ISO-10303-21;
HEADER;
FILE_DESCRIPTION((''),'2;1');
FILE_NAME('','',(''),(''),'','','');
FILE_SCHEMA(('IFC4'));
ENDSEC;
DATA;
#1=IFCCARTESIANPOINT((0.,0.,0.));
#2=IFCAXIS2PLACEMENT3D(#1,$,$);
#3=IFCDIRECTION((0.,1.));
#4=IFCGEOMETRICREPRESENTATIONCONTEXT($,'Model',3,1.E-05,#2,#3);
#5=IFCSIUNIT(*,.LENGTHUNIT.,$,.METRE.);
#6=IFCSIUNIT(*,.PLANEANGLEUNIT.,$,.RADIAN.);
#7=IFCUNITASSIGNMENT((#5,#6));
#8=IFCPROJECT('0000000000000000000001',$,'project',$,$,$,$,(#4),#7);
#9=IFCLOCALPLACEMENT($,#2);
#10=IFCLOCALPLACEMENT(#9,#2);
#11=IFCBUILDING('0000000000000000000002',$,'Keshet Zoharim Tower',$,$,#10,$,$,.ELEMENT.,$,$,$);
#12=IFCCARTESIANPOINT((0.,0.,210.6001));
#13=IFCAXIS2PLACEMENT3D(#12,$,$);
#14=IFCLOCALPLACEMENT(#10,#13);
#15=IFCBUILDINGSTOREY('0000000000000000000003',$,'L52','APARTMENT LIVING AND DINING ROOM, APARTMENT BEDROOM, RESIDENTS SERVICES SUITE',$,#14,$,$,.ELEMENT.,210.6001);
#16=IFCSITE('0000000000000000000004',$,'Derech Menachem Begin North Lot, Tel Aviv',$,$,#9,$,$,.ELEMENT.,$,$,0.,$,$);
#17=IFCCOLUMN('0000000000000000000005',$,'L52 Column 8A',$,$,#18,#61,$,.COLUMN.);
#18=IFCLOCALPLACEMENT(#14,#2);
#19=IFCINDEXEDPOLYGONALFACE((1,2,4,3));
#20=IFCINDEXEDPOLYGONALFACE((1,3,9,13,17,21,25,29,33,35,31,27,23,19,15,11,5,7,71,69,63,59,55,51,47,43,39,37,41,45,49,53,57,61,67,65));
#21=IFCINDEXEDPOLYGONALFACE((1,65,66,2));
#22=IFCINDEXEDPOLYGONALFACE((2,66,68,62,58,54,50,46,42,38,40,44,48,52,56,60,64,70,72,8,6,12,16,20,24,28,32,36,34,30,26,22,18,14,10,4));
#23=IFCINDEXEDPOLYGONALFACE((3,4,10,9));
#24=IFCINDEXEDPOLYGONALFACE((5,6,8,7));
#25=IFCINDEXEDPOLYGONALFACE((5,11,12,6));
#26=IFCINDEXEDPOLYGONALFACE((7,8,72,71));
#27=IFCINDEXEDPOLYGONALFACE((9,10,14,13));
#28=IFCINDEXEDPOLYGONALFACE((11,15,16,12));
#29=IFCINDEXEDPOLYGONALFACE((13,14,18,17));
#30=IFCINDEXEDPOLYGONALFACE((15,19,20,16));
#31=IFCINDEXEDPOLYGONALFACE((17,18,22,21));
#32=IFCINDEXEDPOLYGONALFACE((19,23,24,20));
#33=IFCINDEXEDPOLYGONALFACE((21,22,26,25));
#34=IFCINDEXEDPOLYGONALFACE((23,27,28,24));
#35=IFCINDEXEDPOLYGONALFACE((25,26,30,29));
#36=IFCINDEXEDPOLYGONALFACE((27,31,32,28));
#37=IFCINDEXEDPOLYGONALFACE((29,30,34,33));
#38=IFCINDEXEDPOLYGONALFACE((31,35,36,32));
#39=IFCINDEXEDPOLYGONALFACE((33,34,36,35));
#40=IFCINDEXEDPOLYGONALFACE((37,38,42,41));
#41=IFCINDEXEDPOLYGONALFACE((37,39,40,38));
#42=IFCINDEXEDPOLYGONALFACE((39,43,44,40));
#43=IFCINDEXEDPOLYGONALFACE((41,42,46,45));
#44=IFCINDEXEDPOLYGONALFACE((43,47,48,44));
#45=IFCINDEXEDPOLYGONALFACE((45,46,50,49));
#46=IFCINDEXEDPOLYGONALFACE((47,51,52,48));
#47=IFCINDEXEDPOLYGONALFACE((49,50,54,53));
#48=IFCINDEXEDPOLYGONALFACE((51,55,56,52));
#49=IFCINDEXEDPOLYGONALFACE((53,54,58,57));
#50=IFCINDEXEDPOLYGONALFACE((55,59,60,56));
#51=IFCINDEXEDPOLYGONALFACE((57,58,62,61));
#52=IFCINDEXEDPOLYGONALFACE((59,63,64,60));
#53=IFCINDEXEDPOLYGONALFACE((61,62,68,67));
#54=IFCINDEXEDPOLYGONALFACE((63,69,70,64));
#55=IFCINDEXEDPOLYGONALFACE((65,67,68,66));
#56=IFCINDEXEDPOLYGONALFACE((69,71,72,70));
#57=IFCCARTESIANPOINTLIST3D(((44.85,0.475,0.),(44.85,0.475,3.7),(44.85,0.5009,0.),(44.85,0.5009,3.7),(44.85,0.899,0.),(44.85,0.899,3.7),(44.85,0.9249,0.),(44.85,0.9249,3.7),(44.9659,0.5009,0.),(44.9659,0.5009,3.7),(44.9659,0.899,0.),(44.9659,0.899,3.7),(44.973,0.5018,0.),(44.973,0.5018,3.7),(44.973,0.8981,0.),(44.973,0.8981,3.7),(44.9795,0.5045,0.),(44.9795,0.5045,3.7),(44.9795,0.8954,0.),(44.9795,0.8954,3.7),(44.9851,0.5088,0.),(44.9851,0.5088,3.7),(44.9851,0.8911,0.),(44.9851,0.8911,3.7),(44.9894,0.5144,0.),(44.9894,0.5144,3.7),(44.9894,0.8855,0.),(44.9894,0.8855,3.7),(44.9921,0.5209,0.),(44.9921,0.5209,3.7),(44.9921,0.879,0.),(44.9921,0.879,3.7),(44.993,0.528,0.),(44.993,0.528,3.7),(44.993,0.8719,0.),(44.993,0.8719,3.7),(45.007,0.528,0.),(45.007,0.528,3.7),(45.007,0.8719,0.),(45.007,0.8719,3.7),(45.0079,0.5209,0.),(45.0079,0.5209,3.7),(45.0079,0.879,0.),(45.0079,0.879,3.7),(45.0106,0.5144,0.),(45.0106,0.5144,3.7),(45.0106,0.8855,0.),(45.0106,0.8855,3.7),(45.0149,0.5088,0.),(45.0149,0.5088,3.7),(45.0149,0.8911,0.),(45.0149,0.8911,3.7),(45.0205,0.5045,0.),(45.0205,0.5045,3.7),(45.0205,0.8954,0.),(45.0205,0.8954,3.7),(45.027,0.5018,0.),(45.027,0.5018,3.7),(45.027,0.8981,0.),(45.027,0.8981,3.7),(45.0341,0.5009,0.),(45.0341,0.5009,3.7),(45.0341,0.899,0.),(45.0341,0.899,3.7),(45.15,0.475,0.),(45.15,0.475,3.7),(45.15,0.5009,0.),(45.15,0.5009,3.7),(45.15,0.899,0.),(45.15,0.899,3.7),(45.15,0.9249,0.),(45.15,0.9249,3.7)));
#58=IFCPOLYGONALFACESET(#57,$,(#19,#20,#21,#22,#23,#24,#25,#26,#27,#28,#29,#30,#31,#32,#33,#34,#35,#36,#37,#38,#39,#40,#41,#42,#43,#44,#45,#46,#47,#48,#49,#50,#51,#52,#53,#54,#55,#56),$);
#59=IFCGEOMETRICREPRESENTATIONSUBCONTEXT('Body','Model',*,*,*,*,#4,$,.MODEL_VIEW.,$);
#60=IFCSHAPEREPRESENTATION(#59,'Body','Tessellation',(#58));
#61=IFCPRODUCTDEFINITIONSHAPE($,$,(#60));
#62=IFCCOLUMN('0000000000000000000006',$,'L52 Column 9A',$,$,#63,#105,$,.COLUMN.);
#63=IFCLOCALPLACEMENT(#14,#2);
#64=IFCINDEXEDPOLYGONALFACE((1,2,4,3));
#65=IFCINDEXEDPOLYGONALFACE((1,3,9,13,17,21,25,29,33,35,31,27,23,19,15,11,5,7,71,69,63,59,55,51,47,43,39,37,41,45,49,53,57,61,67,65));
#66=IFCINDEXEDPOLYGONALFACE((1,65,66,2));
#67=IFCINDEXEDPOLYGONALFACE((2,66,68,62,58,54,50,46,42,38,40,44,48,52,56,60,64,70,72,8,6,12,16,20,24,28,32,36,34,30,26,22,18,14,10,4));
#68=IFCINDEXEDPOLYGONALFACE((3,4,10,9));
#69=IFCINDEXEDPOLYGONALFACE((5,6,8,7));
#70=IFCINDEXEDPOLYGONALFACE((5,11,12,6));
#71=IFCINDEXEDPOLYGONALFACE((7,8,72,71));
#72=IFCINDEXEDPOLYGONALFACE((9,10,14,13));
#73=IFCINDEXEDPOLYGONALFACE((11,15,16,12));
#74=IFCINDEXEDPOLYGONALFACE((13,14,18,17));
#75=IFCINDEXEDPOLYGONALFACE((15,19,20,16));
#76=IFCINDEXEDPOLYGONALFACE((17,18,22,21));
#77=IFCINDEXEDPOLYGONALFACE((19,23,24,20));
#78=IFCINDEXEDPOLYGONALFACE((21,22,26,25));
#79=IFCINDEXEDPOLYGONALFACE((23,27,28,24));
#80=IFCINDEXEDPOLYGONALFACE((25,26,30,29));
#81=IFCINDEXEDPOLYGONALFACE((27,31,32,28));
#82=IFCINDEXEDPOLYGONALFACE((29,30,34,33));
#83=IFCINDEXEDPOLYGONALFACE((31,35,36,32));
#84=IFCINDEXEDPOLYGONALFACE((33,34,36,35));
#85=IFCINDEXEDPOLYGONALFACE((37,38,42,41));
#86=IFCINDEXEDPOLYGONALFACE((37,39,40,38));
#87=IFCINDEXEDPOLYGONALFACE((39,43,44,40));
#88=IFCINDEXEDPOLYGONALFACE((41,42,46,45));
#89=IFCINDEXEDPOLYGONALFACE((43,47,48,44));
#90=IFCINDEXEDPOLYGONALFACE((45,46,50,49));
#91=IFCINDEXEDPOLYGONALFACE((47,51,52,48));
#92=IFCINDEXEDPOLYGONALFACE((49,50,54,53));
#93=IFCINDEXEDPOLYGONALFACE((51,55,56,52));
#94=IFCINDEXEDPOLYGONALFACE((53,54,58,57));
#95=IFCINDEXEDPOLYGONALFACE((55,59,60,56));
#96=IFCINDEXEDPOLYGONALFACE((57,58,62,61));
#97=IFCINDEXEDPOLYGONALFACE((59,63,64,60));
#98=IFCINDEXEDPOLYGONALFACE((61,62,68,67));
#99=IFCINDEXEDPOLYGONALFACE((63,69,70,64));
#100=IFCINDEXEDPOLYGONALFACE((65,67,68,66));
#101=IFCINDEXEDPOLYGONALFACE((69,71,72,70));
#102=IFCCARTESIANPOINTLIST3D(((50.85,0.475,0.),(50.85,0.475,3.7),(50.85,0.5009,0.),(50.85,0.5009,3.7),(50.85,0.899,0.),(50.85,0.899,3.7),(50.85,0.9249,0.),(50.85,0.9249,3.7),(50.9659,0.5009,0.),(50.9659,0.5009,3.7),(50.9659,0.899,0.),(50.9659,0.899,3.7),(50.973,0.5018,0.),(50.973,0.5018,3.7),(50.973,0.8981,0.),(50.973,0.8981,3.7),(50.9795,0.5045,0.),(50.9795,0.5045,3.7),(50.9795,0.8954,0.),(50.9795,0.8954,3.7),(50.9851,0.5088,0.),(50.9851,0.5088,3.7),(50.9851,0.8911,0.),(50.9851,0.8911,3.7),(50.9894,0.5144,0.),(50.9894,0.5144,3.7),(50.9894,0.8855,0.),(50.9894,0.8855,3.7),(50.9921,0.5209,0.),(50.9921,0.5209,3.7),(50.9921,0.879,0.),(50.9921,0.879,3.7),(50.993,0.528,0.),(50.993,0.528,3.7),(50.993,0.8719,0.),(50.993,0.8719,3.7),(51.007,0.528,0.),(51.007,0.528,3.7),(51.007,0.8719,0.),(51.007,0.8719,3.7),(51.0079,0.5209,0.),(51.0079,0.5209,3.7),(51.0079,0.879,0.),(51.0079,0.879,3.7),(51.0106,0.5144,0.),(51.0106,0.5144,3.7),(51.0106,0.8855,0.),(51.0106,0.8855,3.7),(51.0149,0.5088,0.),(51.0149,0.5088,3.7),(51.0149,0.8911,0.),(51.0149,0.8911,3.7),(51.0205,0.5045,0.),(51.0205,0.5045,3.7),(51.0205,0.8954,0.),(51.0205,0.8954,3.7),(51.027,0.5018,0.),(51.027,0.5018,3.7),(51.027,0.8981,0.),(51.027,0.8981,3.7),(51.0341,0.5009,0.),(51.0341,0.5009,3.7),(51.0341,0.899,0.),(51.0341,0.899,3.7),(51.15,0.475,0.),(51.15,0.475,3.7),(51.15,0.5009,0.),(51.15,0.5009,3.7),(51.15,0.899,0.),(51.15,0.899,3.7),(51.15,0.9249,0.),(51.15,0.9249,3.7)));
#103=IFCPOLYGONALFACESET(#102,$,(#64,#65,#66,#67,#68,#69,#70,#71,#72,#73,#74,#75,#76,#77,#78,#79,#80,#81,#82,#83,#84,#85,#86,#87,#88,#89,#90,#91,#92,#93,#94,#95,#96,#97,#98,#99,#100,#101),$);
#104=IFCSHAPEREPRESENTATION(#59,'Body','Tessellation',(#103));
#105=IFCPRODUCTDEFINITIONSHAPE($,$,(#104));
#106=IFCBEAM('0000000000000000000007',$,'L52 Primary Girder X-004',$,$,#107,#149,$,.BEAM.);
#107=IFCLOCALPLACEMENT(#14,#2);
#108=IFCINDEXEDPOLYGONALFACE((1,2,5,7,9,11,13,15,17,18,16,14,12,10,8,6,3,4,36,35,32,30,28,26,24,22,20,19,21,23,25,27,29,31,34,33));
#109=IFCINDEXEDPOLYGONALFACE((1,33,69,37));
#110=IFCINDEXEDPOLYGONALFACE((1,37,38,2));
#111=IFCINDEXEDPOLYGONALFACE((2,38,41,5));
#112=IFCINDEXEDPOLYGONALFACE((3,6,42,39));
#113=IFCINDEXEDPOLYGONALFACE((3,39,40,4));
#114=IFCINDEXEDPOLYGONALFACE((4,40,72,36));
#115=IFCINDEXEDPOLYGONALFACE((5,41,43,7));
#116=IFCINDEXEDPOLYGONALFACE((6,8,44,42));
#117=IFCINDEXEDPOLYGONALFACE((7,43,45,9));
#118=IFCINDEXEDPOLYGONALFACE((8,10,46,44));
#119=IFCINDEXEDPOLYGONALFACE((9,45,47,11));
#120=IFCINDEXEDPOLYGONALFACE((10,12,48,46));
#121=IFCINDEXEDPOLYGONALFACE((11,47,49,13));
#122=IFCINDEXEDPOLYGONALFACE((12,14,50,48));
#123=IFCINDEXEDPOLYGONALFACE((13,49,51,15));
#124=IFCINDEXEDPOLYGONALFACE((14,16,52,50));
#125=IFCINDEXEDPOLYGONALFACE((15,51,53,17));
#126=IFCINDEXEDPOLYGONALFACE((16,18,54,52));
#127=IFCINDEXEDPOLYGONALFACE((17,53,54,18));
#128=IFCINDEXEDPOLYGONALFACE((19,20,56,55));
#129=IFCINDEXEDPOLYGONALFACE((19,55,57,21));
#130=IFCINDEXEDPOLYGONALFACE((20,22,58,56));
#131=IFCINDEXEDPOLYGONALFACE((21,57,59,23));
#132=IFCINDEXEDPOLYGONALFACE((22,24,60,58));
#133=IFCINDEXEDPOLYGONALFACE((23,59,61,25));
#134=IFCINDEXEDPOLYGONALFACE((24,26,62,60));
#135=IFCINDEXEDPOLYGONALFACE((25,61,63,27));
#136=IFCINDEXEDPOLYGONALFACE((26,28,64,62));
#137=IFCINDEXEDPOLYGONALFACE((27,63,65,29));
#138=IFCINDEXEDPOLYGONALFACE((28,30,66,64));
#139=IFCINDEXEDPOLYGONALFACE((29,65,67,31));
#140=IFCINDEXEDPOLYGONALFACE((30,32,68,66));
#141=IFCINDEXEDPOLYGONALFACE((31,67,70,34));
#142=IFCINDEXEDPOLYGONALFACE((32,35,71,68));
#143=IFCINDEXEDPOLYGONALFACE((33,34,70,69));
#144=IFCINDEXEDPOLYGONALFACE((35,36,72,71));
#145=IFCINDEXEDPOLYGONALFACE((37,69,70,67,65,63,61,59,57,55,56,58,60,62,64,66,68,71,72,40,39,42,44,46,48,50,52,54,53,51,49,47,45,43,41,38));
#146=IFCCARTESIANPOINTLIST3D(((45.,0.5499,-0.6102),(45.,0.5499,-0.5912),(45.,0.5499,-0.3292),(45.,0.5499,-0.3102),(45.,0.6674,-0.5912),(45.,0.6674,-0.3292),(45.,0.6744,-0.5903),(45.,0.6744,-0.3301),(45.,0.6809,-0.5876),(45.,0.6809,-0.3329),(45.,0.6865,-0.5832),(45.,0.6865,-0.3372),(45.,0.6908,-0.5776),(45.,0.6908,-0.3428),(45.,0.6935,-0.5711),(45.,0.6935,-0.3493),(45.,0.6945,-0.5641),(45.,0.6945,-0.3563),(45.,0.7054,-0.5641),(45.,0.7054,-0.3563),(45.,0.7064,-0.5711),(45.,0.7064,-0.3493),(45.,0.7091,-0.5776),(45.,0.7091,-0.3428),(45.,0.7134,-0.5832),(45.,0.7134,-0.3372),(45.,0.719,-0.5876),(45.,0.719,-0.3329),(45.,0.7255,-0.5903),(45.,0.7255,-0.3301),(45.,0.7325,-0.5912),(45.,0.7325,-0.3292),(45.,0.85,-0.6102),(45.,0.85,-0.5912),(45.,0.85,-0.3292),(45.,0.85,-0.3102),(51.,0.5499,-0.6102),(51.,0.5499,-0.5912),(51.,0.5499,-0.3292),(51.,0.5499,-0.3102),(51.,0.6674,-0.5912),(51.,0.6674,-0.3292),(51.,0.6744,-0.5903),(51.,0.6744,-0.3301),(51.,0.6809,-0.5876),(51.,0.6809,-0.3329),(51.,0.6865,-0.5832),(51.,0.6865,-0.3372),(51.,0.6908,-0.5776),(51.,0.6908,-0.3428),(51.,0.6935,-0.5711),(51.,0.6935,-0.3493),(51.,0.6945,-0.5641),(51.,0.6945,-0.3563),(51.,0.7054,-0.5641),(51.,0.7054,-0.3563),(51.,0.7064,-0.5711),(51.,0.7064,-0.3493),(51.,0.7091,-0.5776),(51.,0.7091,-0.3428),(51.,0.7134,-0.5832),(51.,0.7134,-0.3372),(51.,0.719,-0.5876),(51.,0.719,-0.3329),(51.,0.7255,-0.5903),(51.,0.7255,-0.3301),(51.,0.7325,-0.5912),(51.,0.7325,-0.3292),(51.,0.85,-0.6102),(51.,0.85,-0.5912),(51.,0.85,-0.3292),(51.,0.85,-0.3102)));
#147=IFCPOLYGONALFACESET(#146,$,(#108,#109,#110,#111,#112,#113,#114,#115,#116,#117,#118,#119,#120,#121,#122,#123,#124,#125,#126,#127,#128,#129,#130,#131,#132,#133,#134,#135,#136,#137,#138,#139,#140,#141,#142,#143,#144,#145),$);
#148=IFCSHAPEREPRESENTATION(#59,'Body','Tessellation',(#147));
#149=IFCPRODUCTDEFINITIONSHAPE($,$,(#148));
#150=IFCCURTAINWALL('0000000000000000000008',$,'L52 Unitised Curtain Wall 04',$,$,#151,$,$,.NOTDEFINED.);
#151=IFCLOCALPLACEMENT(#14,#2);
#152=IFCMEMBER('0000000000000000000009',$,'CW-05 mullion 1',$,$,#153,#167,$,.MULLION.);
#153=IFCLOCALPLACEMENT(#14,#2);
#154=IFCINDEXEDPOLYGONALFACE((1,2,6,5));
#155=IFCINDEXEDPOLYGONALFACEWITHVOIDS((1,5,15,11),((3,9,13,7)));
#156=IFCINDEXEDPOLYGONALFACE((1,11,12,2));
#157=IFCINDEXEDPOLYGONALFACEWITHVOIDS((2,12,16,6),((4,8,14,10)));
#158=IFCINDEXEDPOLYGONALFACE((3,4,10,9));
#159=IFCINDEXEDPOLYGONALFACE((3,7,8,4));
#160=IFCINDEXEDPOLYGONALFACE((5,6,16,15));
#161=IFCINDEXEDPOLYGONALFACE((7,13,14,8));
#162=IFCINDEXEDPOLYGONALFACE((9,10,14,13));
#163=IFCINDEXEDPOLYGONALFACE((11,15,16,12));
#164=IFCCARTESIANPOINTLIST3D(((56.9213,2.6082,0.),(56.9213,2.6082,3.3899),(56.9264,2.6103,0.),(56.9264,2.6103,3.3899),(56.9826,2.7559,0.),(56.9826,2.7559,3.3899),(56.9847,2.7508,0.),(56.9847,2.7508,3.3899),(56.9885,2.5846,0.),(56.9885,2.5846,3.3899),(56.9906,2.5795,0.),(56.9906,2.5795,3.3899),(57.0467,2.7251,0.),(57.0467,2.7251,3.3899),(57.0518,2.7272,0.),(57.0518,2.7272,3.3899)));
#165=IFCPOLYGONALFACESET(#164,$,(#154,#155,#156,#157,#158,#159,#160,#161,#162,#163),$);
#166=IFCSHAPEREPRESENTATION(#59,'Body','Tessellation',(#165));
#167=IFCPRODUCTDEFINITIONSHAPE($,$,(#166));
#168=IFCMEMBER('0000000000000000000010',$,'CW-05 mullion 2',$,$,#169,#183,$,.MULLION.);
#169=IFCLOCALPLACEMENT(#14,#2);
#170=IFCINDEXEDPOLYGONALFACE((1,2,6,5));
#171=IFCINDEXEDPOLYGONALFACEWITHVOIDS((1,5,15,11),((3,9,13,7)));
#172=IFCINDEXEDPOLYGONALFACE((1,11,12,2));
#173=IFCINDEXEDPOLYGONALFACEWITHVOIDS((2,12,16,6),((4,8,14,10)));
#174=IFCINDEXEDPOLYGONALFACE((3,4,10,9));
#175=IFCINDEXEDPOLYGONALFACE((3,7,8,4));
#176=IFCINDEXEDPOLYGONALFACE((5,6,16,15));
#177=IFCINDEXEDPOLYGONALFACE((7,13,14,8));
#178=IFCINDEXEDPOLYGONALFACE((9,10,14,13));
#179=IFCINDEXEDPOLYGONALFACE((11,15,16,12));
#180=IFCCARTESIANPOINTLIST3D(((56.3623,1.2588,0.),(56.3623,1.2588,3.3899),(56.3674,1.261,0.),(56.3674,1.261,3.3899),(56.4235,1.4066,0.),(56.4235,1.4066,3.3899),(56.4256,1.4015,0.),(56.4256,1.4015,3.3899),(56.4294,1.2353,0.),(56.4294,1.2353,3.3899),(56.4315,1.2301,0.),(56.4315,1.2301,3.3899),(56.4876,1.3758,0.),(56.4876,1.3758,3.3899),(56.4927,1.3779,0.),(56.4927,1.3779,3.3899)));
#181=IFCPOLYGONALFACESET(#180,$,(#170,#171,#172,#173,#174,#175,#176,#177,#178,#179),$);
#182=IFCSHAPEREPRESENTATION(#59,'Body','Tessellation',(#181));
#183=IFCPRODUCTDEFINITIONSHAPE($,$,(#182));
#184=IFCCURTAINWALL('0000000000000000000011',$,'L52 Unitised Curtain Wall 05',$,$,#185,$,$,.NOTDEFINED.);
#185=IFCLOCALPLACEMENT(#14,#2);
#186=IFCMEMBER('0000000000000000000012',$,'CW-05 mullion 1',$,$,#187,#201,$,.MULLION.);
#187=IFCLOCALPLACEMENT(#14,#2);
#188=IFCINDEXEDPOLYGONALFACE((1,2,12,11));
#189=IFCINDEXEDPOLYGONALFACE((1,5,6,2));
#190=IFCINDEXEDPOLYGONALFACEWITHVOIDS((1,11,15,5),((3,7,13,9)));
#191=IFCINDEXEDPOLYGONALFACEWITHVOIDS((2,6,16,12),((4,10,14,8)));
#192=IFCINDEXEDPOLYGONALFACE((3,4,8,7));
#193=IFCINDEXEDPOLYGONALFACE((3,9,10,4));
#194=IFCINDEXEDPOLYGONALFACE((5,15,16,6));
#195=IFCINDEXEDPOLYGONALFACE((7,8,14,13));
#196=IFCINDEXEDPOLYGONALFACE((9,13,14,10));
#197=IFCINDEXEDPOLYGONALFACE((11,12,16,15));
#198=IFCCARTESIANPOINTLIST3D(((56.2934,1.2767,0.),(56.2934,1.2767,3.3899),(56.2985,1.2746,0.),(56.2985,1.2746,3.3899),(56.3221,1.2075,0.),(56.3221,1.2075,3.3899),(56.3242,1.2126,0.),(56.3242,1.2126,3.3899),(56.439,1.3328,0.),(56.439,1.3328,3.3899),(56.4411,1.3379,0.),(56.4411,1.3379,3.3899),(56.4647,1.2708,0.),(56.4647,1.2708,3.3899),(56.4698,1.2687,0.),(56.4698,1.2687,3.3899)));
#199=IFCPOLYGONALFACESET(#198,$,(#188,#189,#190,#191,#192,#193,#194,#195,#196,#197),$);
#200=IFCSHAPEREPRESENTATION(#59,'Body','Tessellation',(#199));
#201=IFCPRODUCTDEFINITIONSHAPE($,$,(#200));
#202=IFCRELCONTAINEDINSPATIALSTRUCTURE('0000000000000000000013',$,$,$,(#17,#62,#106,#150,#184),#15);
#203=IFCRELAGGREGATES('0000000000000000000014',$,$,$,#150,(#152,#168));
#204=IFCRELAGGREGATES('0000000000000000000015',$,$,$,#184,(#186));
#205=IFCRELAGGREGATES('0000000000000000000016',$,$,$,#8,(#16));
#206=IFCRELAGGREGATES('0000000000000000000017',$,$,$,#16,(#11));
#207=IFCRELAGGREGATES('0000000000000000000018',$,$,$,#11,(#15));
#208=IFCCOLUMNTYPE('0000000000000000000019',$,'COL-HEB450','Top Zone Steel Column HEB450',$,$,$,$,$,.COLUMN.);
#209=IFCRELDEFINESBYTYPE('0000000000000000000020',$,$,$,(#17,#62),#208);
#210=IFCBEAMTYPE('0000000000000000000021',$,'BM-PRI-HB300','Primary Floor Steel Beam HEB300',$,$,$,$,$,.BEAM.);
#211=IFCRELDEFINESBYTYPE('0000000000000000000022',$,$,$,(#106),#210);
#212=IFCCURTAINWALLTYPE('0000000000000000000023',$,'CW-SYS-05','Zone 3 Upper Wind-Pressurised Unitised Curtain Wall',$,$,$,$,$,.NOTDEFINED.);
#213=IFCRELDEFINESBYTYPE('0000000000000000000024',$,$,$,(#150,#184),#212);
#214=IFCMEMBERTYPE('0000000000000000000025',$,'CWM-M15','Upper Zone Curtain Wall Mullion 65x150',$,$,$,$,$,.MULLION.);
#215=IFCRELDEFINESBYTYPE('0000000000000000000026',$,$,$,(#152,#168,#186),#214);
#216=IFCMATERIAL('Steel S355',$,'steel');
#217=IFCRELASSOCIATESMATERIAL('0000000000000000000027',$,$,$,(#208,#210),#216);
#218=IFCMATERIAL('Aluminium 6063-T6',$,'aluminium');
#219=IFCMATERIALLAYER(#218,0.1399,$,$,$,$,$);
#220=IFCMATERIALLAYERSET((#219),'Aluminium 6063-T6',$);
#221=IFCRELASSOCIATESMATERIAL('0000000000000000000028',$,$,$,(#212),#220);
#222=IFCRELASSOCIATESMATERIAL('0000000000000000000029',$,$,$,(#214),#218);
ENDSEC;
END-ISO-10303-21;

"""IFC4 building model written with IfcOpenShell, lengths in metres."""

from ifc_helpers import new_model, si_unit, direction, frame, origin, origin_2d, place, context, subcontext, project, spatial, hollow_rectangle, i_section, extrude, material, layer, layer_set, material_profile, profile_set, type_object, element, aggregate, save


model = new_model("IFC4")

# Units and contexts
model_context = context("Model", 3, precision=1e-05, world=origin(), true_north=direction((0.0, 1.0)))
body_context = subcontext(model_context, "Body", "Model", "MODEL_VIEW")
ifc_project = project(units=[si_unit("LENGTHUNIT", "METRE"), si_unit("PLANEANGLEUNIT", "RADIAN")], contexts=[model_context])

# Site, building, storey
site_placement = place(None, origin())
site = spatial("IfcSite", under=ifc_project, at=site_placement, Name="Derech Menachem Begin North Lot, Tel Aviv", CompositionType="ELEMENT", RefElevation=0.0)
building_placement = place(site_placement, origin())
building = spatial("IfcBuilding", under=site, at=building_placement, Name="Keshet Zoharim Tower", CompositionType="ELEMENT")
storey_placement = place(building_placement, frame((0.0, 0.0, 210.6001)))
storey = spatial("IfcBuildingStorey", under=building, at=storey_placement, Name="L52", Description="APARTMENT LIVING AND DINING ROOM, APARTMENT BEDROOM, RESIDENTS SERVICES SUITE", CompositionType="ELEMENT", Elevation=210.6001)

# Columns
ifc_material_1 = material(Name="Steel S355", Category="steel")
ifc_material_profile_1 = material_profile(ifc_material_1, i_section(OverallWidth=0.3, OverallDepth=0.45, WebThickness=0.0139, FlangeThickness=0.0259, FilletRadius=0.0271, at=origin_2d()), Name="HEB450")
ifc_profile_set_1 = profile_set([ifc_material_profile_1], Name="Steel S355")
column_type = type_object("IfcColumnType", Name="COL-HEB450", Description="Top Zone Steel Column HEB450", PredefinedType="COLUMN", material=ifc_profile_set_1)
for number, where, z_axis, x_axis, name in (
    (1, (45.0, 0.7, 0.0), (0.0, 0.0, 1.0), (1.0, 0.0, 0.0), "L52 Column 8A"),
    (2, (51.0, 0.7, 0.0), (0.0, 0.0, 1.0), (1.0, 0.0, 0.0), "L52 Column 9A"),
):
    element("IfcColumn", number, at=place(storey_placement, frame(where, z_axis=z_axis, x_axis=x_axis)), inside=storey, type_object=column_type, Name=name, PredefinedType="COLUMN", context=body_context, shape_type="SweptSolid", body=[
        extrude(i_section(OverallWidth=0.3, OverallDepth=0.45, WebThickness=0.0139, FlangeThickness=0.0259, FilletRadius=0.0271, at=origin_2d()), origin(), (0.0, 0.0, 1.0), 3.7),
    ])

# Beam
ifc_material_profile_2 = material_profile(ifc_material_1, i_section(OverallWidth=0.3, OverallDepth=0.3, WebThickness=0.011, FlangeThickness=0.019, FilletRadius=0.0271, at=origin_2d()), Name="HEB300")
ifc_profile_set_2 = profile_set([ifc_material_profile_2], Name="Steel S355")
beam_type = type_object("IfcBeamType", Name="BM-PRI-HB300", Description="Primary Floor Steel Beam HEB300", PredefinedType="BEAM", material=ifc_profile_set_2)
beam_placement = place(storey_placement, frame((45.0, 0.7, -0.4602), z_axis=(1.0, 0.0, 0.0), x_axis=(0.0, 1.0, 0.0)))
element("IfcBeam", 3, at=beam_placement, inside=storey, type_object=beam_type, Name="L52 Primary Girder X-004", PredefinedType="BEAM", context=body_context, shape_type="SweptSolid", body=[
    extrude(i_section(OverallWidth=0.3, OverallDepth=0.3, WebThickness=0.011, FlangeThickness=0.019, FilletRadius=0.0271, at=origin_2d()), origin(), (0.0, 0.0, 1.0), 6.0),
])

# Curtain walls, members
ifc_material_2 = material(Name="Aluminium 6063-T6", Category="aluminium")
ifc_layer_1 = layer(ifc_material_2, 0.1399)
ifc_layer_set_1 = layer_set([ifc_layer_1], Name="Aluminium 6063-T6")
curtain_wall_type = type_object("IfcCurtainWallType", Name="CW-SYS-05", Description="Zone 3 Upper Wind-Pressurised Unitised Curtain Wall", PredefinedType="NOTDEFINED", material=ifc_layer_set_1)
curtain_wall_1_placement = place(storey_placement, origin())
curtain_wall_1 = element("IfcCurtainWall", 4, at=curtain_wall_1_placement, inside=storey, type_object=curtain_wall_type, Name="L52 Unitised Curtain Wall 04", PredefinedType="NOTDEFINED")
ifc_material_profile_3 = material_profile(ifc_material_2, hollow_rectangle(XDim=0.075, YDim=0.1599, WallThickness=0.0039, at=origin_2d()), Name="MUL-75x160")
ifc_profile_set_3 = profile_set([ifc_material_profile_3], Name="Aluminium 6063-T6")
member_type_1 = type_object("IfcMemberType", Name="CWM-M15", Description="Upper Zone Curtain Wall Mullion 65x150", PredefinedType="MULLION", material=ifc_profile_set_3)
member_1_placement = place(storey_placement, frame((56.9866, 2.6677, 0.0), z_axis=(0.0, 0.0, 1.0), x_axis=(0.92381, -0.382852, 0.0)))
member_1 = element("IfcMember", 5, at=member_1_placement, type_object=member_type_1, Name="CW-05 mullion 1", PredefinedType="MULLION", context=body_context, shape_type="SweptSolid", body=[
    extrude(hollow_rectangle(XDim=0.075, YDim=0.1599, WallThickness=0.0039, at=origin_2d()), origin(), (0.0, 0.0, 1.0), 3.3899),
])
member_2_placement = place(storey_placement, frame((56.4275, 1.3184, 0.0), z_axis=(0.0, 0.0, 1.0), x_axis=(0.92381, -0.382852, 0.0)))
member_2 = element("IfcMember", 6, at=member_2_placement, type_object=member_type_1, Name="CW-05 mullion 2", PredefinedType="MULLION", context=body_context, shape_type="SweptSolid", body=[
    extrude(hollow_rectangle(XDim=0.075, YDim=0.1599, WallThickness=0.0039, at=origin_2d()), origin(), (0.0, 0.0, 1.0), 3.3899),
])
curtain_wall_2_placement = place(storey_placement, origin())
curtain_wall_2 = element("IfcCurtainWall", 7, at=curtain_wall_2_placement, inside=storey, type_object=curtain_wall_type, Name="L52 Unitised Curtain Wall 05", PredefinedType="NOTDEFINED")
member_3_placement = place(storey_placement, frame((56.3816, 1.2727, 0.0), z_axis=(0.0, 0.0, 1.0), x_axis=(0.382852, -0.92381, 0.0)))
member_3 = element("IfcMember", 8, at=member_3_placement, type_object=member_type_1, Name="CW-05 mullion 1", PredefinedType="MULLION", context=body_context, shape_type="SweptSolid", body=[
    extrude(hollow_rectangle(XDim=0.075, YDim=0.1599, WallThickness=0.0039, at=origin_2d()), origin(), (0.0, 0.0, 1.0), 3.3899),
])

aggregate(curtain_wall_1, [member_1, member_2])
aggregate(curtain_wall_2, [member_3])

save(model, "model.ifc")
